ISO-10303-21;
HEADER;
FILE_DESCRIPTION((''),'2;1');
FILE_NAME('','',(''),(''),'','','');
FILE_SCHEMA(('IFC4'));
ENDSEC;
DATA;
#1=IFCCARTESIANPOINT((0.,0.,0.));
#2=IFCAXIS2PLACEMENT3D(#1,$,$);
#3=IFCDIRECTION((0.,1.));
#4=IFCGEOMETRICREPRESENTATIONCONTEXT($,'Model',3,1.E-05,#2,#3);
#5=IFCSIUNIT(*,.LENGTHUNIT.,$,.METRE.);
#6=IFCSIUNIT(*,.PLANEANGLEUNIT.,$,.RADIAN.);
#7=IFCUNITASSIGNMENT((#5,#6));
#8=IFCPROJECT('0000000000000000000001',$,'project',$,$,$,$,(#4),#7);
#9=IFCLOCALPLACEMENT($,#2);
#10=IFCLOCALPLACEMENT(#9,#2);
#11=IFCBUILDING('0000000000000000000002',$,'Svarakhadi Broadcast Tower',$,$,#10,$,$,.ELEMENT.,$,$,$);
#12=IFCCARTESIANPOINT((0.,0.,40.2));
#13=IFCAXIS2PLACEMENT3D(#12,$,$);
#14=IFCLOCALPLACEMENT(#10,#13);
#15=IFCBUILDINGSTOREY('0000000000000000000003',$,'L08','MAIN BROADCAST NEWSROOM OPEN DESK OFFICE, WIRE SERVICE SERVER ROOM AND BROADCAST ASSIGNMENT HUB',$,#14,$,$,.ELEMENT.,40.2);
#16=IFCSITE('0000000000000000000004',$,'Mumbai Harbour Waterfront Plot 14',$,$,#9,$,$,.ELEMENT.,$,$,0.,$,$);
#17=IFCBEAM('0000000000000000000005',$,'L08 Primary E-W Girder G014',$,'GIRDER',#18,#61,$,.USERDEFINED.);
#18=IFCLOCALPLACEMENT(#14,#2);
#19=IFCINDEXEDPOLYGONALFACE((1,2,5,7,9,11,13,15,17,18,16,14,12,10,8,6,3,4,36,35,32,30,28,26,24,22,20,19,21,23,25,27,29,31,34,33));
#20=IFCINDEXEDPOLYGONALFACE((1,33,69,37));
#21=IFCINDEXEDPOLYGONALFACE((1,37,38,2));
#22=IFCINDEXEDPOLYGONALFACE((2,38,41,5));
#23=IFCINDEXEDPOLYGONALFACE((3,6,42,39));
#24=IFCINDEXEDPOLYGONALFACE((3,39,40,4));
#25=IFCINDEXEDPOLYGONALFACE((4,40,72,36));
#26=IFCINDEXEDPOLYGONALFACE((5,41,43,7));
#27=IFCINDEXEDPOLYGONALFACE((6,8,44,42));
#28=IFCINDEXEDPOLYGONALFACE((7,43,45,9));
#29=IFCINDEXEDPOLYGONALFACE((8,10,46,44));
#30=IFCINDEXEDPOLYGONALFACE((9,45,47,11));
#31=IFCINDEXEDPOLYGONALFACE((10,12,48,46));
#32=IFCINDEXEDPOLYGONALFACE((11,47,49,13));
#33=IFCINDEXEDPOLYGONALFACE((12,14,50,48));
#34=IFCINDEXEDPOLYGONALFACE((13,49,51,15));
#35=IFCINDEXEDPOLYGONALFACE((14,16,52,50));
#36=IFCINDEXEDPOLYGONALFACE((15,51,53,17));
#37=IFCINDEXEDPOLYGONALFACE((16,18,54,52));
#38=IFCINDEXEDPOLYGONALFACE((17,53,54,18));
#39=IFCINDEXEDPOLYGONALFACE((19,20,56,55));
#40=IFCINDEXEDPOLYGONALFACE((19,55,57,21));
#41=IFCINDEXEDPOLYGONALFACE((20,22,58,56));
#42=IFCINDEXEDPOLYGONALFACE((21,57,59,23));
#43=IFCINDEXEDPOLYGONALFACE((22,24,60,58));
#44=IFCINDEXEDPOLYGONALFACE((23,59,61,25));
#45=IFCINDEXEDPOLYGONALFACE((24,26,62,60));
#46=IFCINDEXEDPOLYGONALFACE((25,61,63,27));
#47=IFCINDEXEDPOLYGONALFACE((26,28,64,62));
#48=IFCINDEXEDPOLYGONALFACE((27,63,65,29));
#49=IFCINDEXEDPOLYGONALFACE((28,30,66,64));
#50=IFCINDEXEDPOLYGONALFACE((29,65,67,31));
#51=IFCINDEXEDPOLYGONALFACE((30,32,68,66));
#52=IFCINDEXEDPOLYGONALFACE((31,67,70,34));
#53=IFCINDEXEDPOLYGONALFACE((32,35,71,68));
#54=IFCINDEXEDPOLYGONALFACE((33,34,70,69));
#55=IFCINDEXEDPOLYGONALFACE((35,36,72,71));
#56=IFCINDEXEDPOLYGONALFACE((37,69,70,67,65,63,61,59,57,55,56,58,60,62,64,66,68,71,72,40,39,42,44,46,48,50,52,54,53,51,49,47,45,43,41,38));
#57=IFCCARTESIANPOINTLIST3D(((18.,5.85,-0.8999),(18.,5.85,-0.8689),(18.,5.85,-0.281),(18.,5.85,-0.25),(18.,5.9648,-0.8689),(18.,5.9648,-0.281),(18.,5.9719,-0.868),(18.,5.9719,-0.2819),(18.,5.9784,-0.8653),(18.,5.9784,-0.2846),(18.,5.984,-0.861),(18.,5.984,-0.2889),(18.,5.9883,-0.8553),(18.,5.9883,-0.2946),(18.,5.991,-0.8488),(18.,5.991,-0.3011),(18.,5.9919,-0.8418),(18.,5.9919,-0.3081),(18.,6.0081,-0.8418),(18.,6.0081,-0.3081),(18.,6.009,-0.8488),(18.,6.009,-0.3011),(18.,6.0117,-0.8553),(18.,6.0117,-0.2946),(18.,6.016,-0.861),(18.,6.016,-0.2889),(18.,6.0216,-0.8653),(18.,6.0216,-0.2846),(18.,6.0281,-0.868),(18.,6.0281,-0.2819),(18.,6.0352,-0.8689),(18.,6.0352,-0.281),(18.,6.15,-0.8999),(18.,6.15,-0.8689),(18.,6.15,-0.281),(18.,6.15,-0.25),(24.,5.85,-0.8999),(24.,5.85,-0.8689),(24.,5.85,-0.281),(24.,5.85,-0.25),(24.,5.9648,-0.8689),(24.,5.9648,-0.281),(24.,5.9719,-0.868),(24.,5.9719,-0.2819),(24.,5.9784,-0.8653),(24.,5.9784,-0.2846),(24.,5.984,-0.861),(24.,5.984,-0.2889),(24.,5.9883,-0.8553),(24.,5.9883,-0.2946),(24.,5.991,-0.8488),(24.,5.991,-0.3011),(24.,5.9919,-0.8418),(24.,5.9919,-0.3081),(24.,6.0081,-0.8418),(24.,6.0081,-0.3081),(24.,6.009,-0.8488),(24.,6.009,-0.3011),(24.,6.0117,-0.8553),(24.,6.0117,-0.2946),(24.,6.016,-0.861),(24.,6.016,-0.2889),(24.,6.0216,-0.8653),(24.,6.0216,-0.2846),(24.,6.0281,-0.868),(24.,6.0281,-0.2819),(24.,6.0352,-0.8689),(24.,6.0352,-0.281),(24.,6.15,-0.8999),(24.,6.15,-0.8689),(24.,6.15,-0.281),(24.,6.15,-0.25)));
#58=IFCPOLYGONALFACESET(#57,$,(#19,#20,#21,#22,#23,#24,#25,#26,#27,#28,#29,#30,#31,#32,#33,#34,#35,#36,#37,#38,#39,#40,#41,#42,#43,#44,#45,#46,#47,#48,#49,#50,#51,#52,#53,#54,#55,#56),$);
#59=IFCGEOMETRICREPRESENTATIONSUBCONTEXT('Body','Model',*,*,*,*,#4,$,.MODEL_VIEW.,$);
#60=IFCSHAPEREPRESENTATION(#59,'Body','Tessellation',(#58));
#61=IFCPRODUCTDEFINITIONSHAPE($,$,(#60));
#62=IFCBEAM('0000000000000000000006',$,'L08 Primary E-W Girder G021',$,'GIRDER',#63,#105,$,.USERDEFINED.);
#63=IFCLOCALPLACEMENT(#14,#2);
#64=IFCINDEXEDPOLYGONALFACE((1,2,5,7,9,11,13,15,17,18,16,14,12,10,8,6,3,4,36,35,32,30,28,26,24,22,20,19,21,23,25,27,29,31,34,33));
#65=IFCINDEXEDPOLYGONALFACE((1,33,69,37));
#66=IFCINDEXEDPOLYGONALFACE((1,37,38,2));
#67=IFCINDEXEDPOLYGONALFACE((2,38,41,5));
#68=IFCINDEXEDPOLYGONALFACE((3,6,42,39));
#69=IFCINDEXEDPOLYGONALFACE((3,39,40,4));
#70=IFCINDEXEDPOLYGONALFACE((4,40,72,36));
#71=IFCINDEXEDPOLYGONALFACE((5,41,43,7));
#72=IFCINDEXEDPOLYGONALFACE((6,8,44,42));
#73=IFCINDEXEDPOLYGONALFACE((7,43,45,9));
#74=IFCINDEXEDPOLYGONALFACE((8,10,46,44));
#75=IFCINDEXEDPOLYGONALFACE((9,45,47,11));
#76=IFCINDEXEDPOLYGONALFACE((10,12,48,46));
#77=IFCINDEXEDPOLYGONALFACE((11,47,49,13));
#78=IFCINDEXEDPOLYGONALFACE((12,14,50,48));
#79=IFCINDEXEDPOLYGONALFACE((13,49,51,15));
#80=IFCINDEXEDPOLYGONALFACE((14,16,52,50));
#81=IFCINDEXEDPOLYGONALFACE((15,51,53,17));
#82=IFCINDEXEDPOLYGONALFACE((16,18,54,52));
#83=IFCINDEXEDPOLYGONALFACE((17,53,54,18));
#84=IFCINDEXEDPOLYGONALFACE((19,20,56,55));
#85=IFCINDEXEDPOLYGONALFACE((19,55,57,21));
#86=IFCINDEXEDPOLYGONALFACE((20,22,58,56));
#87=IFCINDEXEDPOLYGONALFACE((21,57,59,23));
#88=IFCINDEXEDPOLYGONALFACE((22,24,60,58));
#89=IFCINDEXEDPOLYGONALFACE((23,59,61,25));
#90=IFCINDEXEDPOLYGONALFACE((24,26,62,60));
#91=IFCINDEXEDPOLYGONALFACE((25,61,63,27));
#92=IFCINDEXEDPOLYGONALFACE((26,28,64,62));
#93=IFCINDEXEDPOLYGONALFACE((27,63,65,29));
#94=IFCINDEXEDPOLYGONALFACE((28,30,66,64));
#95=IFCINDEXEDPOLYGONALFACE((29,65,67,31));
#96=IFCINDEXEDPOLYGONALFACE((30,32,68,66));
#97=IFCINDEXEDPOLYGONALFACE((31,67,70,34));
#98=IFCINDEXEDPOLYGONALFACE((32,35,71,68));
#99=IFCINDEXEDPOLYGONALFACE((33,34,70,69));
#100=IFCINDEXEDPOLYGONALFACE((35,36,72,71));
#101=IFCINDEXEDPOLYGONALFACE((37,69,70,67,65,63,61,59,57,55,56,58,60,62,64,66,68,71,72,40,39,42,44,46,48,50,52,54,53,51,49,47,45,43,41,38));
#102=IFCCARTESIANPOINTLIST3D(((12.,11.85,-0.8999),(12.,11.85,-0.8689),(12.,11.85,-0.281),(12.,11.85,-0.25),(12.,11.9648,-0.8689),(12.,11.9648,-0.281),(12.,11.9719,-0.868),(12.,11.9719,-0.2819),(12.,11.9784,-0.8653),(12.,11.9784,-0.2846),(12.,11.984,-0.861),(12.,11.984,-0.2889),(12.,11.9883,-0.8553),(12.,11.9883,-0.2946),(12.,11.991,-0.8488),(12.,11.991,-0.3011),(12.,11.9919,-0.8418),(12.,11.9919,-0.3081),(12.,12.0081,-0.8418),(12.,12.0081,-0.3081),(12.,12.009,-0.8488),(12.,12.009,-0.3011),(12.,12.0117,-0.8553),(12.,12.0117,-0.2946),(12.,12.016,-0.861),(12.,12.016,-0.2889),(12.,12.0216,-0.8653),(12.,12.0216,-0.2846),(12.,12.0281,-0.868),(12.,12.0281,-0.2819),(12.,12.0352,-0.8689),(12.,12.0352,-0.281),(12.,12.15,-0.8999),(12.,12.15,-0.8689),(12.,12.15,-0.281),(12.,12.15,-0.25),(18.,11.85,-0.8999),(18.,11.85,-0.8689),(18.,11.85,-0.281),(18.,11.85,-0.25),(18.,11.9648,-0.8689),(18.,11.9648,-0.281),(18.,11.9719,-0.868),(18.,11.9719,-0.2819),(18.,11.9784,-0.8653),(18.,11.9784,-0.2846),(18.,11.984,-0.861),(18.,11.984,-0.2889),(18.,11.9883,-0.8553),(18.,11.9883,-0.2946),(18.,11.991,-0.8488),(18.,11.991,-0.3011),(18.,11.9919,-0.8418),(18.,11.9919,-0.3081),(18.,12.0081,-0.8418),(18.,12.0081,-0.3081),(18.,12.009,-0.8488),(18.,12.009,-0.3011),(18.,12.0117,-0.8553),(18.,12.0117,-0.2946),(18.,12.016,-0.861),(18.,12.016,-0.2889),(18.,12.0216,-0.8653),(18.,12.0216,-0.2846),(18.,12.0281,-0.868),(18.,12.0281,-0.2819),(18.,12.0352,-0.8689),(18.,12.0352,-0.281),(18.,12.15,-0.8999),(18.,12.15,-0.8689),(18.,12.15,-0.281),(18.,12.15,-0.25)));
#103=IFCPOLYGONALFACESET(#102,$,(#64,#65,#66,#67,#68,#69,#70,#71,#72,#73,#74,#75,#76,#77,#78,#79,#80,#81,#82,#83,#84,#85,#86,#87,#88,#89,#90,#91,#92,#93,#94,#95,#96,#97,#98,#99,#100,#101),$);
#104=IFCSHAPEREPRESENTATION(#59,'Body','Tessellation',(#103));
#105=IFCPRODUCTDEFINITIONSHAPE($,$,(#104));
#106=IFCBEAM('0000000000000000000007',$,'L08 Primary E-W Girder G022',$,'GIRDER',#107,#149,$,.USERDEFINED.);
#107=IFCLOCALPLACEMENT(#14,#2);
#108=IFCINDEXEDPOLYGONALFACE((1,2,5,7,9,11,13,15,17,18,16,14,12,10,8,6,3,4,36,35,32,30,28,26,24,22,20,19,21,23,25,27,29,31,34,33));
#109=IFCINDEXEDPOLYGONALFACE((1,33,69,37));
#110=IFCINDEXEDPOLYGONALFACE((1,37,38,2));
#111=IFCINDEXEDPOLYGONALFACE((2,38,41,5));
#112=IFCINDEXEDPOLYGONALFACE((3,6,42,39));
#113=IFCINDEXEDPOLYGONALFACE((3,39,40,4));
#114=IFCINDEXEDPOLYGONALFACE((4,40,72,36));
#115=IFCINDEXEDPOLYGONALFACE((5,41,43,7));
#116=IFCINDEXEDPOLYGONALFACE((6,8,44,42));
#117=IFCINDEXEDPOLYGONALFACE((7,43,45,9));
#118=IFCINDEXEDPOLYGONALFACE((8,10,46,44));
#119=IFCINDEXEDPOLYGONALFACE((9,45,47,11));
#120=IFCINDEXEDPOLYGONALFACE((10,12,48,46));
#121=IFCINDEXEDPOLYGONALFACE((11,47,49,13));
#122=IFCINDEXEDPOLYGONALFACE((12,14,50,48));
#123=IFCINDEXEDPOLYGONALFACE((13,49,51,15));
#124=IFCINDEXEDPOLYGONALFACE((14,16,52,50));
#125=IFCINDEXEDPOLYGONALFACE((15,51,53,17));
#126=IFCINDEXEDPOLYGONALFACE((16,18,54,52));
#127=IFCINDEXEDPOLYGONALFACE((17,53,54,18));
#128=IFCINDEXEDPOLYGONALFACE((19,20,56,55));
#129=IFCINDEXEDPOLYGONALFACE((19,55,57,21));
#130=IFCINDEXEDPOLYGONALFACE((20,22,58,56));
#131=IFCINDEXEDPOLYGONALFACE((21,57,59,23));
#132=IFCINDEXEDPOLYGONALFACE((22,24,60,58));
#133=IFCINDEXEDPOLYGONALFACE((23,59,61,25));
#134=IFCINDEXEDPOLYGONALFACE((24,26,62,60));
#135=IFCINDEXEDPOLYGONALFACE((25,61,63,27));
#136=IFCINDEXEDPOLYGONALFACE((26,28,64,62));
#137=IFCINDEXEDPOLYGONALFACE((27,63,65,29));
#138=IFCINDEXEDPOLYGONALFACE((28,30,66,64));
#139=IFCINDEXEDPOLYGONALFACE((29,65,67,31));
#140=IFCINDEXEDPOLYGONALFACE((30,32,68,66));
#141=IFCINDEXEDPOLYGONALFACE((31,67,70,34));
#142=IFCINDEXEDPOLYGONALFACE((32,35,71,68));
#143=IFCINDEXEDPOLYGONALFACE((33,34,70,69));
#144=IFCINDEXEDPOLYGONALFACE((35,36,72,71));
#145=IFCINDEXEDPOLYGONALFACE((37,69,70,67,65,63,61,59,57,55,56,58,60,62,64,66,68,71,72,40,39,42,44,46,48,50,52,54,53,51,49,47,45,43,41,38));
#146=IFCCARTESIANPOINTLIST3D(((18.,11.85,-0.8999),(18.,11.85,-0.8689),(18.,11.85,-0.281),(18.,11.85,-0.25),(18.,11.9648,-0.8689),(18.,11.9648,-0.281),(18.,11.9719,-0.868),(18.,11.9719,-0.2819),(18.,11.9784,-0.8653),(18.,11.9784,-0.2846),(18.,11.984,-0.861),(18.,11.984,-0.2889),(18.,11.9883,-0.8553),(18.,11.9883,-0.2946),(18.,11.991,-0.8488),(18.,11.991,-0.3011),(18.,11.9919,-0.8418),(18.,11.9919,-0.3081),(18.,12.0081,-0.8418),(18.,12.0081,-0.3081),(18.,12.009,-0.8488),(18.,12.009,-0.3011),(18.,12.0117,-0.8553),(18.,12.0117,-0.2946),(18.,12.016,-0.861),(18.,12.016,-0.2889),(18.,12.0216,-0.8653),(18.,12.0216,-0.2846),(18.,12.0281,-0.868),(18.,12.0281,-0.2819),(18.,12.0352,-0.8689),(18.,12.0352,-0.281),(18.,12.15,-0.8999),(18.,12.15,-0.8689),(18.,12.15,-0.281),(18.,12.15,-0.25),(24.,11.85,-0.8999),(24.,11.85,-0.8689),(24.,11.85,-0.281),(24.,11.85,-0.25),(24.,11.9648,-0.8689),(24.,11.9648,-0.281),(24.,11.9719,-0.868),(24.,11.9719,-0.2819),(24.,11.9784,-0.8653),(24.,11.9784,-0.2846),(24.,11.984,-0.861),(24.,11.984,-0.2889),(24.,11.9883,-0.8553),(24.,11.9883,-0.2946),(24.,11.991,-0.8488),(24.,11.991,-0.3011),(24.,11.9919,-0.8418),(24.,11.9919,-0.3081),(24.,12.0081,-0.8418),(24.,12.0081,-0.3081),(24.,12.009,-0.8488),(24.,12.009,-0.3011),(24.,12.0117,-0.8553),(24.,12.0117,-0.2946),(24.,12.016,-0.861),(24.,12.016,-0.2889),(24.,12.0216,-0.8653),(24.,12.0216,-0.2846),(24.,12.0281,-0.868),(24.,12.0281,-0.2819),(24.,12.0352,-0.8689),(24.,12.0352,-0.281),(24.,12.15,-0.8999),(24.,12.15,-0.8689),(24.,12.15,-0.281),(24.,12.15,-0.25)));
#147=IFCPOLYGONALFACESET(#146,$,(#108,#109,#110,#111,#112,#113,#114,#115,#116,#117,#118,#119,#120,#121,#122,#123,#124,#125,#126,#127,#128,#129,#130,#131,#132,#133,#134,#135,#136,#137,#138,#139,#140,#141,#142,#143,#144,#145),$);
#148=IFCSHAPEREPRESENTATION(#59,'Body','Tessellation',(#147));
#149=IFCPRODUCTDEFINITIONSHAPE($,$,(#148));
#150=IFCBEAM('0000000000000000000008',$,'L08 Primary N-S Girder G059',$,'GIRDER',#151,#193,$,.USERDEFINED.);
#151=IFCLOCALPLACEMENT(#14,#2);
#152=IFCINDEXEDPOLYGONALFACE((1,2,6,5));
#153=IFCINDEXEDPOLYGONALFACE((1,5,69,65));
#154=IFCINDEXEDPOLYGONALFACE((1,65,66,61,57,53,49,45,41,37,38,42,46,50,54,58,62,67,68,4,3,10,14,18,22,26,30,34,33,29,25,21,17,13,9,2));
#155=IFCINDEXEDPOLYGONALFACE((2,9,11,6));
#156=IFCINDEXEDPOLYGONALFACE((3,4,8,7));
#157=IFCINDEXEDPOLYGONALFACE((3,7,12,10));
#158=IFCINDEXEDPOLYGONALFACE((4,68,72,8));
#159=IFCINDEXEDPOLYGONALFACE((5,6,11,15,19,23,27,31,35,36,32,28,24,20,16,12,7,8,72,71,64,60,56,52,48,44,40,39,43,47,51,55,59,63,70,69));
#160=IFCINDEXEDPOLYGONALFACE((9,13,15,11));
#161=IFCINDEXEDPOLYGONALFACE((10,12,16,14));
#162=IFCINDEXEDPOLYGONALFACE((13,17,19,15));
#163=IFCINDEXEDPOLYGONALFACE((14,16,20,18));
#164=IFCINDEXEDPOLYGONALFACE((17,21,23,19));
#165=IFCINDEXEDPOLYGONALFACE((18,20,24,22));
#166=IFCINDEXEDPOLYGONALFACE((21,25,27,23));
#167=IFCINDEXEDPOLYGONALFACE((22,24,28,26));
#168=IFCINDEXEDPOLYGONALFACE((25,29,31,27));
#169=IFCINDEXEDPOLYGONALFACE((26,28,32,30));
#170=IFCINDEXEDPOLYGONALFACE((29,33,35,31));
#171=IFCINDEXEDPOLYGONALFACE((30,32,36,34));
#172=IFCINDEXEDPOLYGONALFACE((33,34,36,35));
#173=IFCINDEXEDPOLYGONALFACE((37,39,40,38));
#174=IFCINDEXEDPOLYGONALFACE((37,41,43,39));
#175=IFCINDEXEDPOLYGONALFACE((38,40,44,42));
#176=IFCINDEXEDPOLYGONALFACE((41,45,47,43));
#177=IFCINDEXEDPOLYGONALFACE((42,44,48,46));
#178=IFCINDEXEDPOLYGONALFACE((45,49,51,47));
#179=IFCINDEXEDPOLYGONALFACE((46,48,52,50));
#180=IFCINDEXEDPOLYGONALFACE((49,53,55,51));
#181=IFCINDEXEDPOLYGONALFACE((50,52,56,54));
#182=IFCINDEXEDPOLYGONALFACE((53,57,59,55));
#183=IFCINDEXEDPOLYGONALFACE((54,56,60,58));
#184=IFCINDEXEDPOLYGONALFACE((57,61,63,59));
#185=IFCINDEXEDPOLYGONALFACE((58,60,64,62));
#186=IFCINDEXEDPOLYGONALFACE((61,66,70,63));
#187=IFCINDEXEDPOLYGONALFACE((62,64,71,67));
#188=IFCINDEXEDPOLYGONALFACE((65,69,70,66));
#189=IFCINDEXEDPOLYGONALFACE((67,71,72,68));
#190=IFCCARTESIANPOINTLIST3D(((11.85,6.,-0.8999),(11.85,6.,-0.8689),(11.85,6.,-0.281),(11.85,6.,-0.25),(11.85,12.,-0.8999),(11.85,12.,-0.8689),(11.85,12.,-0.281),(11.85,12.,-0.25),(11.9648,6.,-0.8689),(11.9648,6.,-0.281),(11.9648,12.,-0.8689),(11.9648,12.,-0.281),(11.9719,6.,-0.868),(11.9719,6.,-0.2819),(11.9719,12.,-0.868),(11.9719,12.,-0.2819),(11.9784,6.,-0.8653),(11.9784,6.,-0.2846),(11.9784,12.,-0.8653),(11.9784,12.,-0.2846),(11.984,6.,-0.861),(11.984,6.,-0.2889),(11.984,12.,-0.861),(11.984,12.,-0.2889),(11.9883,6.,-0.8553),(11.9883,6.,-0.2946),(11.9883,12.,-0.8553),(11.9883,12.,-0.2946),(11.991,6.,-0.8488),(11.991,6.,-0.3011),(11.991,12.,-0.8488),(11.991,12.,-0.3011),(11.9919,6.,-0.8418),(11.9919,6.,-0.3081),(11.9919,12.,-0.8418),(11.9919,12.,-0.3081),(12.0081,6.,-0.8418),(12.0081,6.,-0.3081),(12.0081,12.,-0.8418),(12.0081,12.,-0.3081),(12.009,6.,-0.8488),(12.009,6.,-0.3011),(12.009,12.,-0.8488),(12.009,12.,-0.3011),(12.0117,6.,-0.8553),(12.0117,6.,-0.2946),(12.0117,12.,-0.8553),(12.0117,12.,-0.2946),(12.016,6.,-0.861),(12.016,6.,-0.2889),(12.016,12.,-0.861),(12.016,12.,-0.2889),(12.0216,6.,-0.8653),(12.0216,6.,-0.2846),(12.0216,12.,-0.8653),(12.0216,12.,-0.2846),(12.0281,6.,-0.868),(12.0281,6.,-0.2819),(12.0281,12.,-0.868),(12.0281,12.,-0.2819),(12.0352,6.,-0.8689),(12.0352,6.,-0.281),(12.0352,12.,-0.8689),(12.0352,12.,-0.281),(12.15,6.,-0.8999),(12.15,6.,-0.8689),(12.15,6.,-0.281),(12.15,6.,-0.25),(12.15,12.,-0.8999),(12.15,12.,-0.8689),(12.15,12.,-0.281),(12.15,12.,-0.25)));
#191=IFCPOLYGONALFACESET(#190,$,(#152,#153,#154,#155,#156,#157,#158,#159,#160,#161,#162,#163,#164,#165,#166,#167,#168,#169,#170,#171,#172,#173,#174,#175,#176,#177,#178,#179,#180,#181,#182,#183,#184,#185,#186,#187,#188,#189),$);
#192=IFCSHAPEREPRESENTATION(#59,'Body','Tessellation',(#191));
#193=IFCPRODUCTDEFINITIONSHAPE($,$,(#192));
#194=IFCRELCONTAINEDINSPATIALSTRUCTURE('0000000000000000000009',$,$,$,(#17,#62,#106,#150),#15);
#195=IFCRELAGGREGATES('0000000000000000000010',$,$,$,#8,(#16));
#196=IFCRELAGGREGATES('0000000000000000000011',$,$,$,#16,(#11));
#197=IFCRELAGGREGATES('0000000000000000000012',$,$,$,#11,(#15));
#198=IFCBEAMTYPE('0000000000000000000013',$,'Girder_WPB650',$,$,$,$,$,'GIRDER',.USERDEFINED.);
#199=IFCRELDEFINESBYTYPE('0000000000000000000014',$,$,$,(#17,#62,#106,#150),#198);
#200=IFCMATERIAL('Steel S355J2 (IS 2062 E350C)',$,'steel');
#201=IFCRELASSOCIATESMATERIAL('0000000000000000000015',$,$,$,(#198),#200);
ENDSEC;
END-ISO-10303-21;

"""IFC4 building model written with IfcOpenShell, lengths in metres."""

from ifc_helpers import new_model, si_unit, direction, frame, origin, origin_2d, place, context, subcontext, project, spatial, i_section, extrude, material, material_profile, profile_set, type_object, element, save


model = new_model("IFC4")

# Units and contexts
model_context = context("Model", 3, precision=1e-05, world=origin(), true_north=direction((0.0, 1.0)))
body_context = subcontext(model_context, "Body", "Model", "MODEL_VIEW")
ifc_project = project(units=[si_unit("LENGTHUNIT", "METRE"), si_unit("PLANEANGLEUNIT", "RADIAN")], contexts=[model_context])

# Site, building, storey
site_placement = place(None, origin())
site = spatial("IfcSite", under=ifc_project, at=site_placement, Name="Mumbai Harbour Waterfront Plot 14", CompositionType="ELEMENT", RefElevation=0.0)
building_placement = place(site_placement, origin())
building = spatial("IfcBuilding", under=site, at=building_placement, Name="Svarakhadi Broadcast Tower", CompositionType="ELEMENT")
storey_placement = place(building_placement, frame((0.0, 0.0, 40.2)))
storey = spatial("IfcBuildingStorey", under=building, at=storey_placement, Name="L08", Description="MAIN BROADCAST NEWSROOM OPEN DESK OFFICE, WIRE SERVICE SERVER ROOM AND BROADCAST ASSIGNMENT HUB", CompositionType="ELEMENT", Elevation=40.2)

# Beams
ifc_material_1 = material(Name="Steel S355J2 (IS 2062 E350C)", Category="steel")
ifc_material_profile_1 = material_profile(ifc_material_1, i_section(OverallWidth=0.3, OverallDepth=0.6499, WebThickness=0.0161, FlangeThickness=0.031, FilletRadius=0.0271, at=origin_2d()), Name="WPB 650x300x225")
ifc_profile_set_1 = profile_set([ifc_material_profile_1], Name="Steel S355J2 (IS 2062 E350C)")
beam_type_1 = type_object("IfcBeamType", Name="Girder_WPB650", ElementType="GIRDER", PredefinedType="USERDEFINED", material=ifc_profile_set_1)
for number, where, z_axis, x_axis, name in (
    (1, (18.0, 6.0, -0.575), (1.0, 0.0, 0.0), (0.0, 1.0, 0.0), "L08 Primary E-W Girder G014"),
    (2, (12.0, 12.0, -0.575), (1.0, 0.0, 0.0), (0.0, 1.0, 0.0), "L08 Primary E-W Girder G021"),
    (3, (18.0, 12.0, -0.575), (1.0, 0.0, 0.0), (0.0, 1.0, 0.0), "L08 Primary E-W Girder G022"),
    (4, (12.0, 6.0, -0.575), (0.0, 1.0, 0.0), (-1.0, 0.0, 0.0), "L08 Primary N-S Girder G059"),
):
    element("IfcBeam", number, at=place(storey_placement, frame(where, z_axis=z_axis, x_axis=x_axis)), inside=storey, type_object=beam_type_1, Name=name, ObjectType="GIRDER", PredefinedType="USERDEFINED", context=body_context, shape_type="SweptSolid", body=[
        extrude(i_section(OverallWidth=0.3, OverallDepth=0.6499, WebThickness=0.0161, FlangeThickness=0.031, FilletRadius=0.0271, at=origin_2d()), origin(), (0.0, 0.0, 1.0), 6.0),
    ])

save(model, "model.ifc")
